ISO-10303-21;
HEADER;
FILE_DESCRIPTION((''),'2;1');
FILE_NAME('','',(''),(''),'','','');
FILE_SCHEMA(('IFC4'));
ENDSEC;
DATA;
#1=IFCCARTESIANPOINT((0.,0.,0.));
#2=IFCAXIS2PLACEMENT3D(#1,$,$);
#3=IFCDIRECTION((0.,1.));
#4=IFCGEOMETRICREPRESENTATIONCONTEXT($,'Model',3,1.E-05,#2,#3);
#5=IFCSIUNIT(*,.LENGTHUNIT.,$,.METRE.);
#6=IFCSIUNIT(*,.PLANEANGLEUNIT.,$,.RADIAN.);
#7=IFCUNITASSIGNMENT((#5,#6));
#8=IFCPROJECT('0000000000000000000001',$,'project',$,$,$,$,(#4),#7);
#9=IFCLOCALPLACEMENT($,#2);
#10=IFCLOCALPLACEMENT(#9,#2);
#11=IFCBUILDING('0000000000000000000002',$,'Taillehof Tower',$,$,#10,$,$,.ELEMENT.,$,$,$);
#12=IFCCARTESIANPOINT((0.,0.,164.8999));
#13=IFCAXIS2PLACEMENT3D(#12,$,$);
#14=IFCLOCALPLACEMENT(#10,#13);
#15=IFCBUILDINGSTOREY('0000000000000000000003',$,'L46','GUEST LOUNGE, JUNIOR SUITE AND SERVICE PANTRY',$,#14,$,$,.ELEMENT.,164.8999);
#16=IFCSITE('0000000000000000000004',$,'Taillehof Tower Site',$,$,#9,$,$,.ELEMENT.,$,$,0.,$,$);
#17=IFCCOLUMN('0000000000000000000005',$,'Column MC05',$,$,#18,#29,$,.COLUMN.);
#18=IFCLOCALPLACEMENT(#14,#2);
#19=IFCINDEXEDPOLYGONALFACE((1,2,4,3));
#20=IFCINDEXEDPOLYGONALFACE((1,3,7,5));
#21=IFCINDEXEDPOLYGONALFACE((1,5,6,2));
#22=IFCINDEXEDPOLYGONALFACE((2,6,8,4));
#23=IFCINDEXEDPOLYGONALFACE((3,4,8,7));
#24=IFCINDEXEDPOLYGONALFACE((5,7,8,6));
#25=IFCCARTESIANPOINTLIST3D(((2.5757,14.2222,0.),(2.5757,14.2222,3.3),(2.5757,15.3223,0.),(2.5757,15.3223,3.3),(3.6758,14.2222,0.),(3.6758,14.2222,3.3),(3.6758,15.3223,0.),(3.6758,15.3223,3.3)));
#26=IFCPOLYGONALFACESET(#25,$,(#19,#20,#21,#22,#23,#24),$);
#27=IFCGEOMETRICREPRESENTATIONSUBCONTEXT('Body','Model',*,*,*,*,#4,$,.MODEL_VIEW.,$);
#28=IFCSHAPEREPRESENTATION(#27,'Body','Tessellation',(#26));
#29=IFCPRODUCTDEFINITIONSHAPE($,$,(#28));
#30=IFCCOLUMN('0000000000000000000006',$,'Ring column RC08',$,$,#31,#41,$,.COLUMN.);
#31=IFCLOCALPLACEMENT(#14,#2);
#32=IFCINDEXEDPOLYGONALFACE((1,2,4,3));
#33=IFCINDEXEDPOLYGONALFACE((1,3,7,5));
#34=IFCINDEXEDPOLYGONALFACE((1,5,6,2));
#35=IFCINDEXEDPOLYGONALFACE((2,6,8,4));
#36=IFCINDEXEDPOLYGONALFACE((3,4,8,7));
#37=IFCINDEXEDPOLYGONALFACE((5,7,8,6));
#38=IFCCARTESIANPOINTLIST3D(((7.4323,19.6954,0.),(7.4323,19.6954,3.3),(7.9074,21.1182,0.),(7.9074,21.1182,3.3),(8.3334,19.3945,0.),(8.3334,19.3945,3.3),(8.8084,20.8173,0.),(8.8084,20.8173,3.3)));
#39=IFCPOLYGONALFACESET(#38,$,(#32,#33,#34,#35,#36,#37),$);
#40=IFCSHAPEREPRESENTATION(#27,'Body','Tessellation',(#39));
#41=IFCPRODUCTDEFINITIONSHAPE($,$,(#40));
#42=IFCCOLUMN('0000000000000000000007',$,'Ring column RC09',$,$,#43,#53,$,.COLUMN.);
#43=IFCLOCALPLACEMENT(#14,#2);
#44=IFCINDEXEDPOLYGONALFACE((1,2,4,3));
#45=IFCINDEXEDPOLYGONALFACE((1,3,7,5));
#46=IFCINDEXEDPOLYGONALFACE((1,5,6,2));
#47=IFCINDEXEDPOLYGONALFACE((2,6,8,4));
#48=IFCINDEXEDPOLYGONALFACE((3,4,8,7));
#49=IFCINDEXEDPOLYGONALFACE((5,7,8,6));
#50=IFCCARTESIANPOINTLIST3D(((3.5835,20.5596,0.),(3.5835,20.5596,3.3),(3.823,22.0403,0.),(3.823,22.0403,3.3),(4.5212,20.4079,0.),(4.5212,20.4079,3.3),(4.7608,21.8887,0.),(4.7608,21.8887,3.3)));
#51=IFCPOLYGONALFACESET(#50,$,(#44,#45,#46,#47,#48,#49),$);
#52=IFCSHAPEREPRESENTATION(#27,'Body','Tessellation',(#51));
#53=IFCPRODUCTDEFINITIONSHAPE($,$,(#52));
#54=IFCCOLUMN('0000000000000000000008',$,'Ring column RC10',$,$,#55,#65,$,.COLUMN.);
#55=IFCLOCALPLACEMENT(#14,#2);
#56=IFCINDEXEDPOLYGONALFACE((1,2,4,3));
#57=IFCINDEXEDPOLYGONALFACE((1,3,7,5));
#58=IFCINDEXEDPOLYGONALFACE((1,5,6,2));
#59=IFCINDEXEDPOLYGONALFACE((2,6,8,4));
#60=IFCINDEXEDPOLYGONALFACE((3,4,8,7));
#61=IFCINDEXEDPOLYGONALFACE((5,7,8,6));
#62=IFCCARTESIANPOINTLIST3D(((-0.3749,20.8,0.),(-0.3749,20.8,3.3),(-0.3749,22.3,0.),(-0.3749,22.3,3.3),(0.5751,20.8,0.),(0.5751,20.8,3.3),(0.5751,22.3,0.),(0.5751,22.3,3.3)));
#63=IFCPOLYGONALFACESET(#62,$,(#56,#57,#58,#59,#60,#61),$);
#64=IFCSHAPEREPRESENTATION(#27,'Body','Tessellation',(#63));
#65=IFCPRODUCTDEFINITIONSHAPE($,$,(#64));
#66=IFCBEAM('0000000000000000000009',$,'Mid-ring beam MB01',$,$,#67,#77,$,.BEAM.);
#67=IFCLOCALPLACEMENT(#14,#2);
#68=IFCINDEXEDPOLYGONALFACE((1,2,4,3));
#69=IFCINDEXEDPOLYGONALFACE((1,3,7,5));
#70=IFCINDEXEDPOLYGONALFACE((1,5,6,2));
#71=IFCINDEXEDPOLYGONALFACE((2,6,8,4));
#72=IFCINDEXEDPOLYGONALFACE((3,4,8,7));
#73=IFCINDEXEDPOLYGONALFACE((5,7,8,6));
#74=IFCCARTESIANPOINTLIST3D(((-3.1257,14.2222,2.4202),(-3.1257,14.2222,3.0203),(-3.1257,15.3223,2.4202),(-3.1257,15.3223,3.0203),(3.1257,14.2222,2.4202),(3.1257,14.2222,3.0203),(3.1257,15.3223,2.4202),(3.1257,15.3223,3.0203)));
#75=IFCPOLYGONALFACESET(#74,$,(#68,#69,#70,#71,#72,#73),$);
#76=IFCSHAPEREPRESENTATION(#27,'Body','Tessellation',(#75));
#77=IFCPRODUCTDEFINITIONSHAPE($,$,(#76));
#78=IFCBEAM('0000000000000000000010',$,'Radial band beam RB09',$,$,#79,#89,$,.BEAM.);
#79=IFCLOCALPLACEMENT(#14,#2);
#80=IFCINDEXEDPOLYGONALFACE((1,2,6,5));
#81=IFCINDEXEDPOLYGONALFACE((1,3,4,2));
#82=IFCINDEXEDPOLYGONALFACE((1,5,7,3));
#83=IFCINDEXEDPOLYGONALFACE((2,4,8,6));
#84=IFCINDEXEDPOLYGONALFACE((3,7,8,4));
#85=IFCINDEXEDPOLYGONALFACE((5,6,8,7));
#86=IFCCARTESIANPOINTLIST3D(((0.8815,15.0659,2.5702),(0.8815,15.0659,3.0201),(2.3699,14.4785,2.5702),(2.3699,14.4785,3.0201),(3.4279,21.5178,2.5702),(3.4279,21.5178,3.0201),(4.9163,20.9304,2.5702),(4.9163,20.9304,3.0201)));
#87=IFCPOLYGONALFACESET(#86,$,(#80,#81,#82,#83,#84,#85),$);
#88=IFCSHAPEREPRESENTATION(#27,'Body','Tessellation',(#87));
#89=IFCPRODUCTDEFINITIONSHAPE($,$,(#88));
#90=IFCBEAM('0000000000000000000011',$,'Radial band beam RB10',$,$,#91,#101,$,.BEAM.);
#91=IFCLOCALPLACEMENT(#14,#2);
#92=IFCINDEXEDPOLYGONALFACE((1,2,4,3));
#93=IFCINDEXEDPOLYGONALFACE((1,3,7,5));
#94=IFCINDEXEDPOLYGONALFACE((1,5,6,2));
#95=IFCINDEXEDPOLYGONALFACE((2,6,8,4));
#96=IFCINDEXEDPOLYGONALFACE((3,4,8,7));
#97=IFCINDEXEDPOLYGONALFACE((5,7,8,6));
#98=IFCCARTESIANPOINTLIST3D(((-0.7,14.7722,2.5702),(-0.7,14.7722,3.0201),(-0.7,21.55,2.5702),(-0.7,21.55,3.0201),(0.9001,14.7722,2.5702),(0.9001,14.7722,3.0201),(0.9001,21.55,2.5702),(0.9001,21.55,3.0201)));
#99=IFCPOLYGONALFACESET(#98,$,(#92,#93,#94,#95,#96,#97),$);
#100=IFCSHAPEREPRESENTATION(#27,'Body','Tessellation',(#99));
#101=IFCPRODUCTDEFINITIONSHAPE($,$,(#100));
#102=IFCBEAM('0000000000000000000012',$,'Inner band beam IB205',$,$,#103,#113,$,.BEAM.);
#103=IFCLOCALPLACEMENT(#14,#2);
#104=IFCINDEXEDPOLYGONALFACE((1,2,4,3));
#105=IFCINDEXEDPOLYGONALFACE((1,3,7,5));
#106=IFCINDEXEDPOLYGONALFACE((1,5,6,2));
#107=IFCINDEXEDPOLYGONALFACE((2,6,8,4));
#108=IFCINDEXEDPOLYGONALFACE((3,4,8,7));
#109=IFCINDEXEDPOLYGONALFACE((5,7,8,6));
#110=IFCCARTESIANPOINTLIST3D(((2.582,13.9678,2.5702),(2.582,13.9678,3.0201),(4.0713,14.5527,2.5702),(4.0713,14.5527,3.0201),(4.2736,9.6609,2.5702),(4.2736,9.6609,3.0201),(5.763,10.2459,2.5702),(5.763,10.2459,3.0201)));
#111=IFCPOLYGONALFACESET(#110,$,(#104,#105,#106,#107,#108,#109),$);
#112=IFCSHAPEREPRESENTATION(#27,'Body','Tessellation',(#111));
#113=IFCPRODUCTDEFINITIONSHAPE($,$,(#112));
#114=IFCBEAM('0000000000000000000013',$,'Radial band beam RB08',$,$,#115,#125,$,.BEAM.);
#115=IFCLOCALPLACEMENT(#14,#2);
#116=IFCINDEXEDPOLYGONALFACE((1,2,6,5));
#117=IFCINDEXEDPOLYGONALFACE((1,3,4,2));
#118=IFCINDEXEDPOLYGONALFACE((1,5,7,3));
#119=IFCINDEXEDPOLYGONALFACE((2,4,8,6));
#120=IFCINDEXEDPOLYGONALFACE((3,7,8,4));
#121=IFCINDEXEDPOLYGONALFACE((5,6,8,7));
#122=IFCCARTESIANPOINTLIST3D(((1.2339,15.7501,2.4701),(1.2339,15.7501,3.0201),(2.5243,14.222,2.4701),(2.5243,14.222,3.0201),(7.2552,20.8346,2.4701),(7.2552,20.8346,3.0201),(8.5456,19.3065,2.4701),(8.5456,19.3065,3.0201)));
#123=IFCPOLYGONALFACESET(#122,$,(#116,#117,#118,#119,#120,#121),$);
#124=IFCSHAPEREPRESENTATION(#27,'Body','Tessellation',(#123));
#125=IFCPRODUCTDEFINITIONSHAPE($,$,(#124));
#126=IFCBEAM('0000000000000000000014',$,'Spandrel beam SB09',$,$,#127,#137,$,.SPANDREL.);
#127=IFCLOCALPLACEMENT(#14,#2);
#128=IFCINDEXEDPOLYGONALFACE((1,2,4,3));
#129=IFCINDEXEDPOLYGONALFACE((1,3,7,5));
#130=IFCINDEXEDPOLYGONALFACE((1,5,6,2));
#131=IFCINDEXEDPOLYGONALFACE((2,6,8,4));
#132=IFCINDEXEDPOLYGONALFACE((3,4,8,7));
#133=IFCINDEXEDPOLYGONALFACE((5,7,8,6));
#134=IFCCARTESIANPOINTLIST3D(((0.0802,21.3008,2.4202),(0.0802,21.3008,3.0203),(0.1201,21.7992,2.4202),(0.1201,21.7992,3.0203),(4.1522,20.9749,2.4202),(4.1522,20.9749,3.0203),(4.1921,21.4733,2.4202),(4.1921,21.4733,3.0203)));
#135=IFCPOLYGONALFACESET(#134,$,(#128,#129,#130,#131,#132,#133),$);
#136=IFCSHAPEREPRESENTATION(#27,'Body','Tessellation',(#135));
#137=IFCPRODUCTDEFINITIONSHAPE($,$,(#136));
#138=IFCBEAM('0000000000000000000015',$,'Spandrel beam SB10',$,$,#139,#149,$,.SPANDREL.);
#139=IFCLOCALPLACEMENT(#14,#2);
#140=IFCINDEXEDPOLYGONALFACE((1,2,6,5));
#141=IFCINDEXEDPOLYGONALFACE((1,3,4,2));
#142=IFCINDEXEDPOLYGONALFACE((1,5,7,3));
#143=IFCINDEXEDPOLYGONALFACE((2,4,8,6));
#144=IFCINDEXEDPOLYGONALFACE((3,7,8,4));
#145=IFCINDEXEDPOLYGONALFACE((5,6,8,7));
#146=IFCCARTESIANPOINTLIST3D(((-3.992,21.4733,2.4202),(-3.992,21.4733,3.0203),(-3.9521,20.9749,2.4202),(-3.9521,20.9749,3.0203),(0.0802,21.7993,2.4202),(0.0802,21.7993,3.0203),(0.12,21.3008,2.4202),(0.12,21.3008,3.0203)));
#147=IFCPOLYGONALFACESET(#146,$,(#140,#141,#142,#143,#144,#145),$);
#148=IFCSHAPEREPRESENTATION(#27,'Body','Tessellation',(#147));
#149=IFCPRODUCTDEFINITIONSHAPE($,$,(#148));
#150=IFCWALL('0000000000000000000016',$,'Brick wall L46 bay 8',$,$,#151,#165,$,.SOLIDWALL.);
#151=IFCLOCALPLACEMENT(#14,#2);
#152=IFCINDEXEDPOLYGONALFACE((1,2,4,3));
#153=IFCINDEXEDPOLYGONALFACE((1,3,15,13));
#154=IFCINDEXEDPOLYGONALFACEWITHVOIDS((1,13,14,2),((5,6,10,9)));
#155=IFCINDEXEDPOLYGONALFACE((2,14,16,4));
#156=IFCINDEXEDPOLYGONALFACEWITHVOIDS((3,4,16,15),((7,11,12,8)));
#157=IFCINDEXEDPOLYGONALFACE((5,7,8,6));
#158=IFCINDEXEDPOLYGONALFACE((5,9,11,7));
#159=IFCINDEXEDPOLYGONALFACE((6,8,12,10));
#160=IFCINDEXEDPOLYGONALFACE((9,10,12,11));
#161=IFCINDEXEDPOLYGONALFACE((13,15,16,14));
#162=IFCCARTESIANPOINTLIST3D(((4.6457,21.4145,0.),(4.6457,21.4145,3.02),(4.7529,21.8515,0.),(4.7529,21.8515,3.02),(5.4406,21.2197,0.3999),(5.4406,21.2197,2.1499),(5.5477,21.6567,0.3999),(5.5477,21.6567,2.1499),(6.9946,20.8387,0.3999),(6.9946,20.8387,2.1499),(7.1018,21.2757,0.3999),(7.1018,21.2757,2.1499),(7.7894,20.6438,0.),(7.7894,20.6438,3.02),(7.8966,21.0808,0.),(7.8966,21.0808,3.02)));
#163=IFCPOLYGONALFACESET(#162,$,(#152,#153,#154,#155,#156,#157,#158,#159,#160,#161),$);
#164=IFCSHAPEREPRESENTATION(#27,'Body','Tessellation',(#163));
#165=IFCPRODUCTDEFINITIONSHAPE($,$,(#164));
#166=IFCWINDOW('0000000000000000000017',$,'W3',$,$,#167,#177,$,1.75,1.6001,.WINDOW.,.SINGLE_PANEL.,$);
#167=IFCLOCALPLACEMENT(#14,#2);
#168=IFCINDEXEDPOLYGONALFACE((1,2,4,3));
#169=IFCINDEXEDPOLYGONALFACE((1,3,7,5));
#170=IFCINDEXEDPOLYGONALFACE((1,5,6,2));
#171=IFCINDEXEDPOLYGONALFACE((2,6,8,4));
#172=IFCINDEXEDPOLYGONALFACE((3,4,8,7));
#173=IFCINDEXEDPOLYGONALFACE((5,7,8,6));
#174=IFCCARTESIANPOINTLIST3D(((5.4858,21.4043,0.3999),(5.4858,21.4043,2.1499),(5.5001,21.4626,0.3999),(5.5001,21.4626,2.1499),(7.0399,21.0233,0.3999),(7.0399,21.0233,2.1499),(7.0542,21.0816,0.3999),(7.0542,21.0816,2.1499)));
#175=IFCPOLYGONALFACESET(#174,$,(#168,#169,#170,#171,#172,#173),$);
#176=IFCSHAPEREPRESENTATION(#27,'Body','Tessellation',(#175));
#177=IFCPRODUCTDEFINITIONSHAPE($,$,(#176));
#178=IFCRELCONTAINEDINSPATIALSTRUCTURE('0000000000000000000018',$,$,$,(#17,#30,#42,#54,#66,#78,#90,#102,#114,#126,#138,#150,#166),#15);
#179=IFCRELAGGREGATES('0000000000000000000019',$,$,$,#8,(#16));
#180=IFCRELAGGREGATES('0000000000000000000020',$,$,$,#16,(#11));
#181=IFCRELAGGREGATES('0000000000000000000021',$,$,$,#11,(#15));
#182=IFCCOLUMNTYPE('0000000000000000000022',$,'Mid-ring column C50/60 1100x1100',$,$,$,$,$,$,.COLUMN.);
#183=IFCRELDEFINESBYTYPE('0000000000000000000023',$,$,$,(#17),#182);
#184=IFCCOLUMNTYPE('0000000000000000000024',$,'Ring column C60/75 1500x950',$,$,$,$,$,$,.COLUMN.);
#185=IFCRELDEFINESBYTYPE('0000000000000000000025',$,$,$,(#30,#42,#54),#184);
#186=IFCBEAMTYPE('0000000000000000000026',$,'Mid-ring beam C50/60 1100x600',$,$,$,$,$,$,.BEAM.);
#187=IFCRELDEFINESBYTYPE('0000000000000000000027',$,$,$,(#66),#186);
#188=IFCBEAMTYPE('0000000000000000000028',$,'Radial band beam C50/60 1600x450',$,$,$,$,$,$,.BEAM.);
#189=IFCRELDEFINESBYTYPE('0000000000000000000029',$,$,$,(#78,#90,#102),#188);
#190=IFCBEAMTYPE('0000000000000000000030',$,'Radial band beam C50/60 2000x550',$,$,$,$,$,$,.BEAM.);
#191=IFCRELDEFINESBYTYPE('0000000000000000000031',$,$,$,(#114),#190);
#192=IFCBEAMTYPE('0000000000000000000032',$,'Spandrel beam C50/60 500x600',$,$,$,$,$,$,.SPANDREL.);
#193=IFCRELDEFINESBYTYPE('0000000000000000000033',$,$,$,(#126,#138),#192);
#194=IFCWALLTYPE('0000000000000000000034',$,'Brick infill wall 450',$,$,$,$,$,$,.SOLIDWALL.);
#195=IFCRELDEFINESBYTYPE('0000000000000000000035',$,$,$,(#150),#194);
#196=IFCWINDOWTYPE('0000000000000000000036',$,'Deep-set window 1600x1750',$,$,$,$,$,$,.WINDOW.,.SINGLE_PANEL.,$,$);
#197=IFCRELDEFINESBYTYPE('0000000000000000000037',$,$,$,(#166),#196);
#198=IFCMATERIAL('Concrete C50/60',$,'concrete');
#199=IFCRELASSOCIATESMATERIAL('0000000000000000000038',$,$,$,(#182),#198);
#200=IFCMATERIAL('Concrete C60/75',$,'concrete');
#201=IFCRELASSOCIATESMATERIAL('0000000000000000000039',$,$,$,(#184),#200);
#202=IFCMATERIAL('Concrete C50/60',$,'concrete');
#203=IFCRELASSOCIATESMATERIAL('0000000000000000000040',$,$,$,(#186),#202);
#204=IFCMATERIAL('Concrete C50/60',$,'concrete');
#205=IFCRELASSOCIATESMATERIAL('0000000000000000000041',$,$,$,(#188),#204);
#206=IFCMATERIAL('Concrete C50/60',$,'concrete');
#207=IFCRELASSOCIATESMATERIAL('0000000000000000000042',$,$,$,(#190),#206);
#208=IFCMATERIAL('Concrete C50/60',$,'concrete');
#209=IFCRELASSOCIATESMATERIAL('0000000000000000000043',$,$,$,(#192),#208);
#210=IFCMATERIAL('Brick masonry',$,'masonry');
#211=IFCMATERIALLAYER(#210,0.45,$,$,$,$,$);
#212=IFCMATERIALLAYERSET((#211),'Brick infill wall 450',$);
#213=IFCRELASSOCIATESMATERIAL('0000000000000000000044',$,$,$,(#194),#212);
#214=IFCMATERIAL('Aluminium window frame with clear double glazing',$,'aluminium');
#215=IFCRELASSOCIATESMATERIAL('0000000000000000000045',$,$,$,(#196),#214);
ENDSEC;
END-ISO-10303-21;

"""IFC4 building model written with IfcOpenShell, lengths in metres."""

from ifc_helpers import new_model, si_unit, direction, frame, frame_2d, origin, origin_2d, place, context, subcontext, project, spatial, rectangle, extrude, material, layer, layer_set, material_profile, profile_set, type_object, element, fill, save


model = new_model("IFC4")

# Units and contexts
model_context = context("Model", 3, precision=1e-05, world=origin(), true_north=direction((0.0, 1.0)))
body_context = subcontext(model_context, "Body", "Model", "MODEL_VIEW")
ifc_project = project(units=[si_unit("LENGTHUNIT", "METRE"), si_unit("PLANEANGLEUNIT", "RADIAN")], contexts=[model_context])

# Site, building, storey
site_placement = place(None, origin())
site = spatial("IfcSite", under=ifc_project, at=site_placement, Name="Taillehof Tower Site", CompositionType="ELEMENT", RefElevation=0.0)
building_placement = place(site_placement, origin())
building = spatial("IfcBuilding", under=site, at=building_placement, Name="Taillehof Tower", CompositionType="ELEMENT")
storey_placement = place(building_placement, frame((0.0, 0.0, 164.8999)))
storey = spatial("IfcBuildingStorey", under=building, at=storey_placement, Name="L46", Description="GUEST LOUNGE, JUNIOR SUITE AND SERVICE PANTRY", CompositionType="ELEMENT", Elevation=164.8999)

# Columns
ifc_material_1 = material(Name="Concrete C50/60", Category="concrete")
ifc_material_profile_1 = material_profile(ifc_material_1, rectangle(XDim=1.1001, YDim=1.1001, at=origin_2d()), Name="RC 1100x1100")
ifc_profile_set_1 = profile_set([ifc_material_profile_1], Name="Concrete C50/60")
column_type_1 = type_object("IfcColumnType", Name="Mid-ring column C50/60 1100x1100", PredefinedType="COLUMN", material=ifc_profile_set_1)
column_placement = place(storey_placement, frame((3.1257, 14.7722, 0.0), z_axis=(0.0, 0.0, 1.0), x_axis=(1.0, 0.0, 0.0)))
element("IfcColumn", 1, at=column_placement, inside=storey, type_object=column_type_1, Name="Column MC05", PredefinedType="COLUMN", context=body_context, shape_type="SweptSolid", body=[
    extrude(rectangle(XDim=1.1001, YDim=1.1001, at=origin_2d()), origin(), (0.0, 0.0, 1.0), 3.3),
])
ifc_material_2 = material(Name="Concrete C60/75", Category="concrete")
ifc_material_profile_2 = material_profile(ifc_material_2, rectangle(XDim=1.5, YDim=0.95, at=origin_2d()), Name="RC 1500x950")
ifc_profile_set_2 = profile_set([ifc_material_profile_2], Name="Concrete C60/75")
column_type_2 = type_object("IfcColumnType", Name="Ring column C60/75 1500x950", PredefinedType="COLUMN", material=ifc_profile_set_2)
for number, where, z_axis, x_axis, name in (
    (2, (8.1204, 20.2563, 0.0), (0.0, 0.0, 1.0), (0.316703, 0.948525, 0.0), "Ring column RC08"),
    (3, (4.1721, 21.2241, 0.0), (0.0, 0.0, 1.0), (0.159679, 0.987169, 0.0), "Ring column RC09"),
    (4, (0.1001, 21.55, 0.0), (0.0, 0.0, 1.0), (0.0, 1.0, 0.0), "Ring column RC10"),
):
    element("IfcColumn", number, at=place(storey_placement, frame(where, z_axis=z_axis, x_axis=x_axis)), inside=storey, type_object=column_type_2, Name=name, PredefinedType="COLUMN", context=body_context, shape_type="SweptSolid", body=[
        extrude(rectangle(XDim=1.5, YDim=0.95, at=origin_2d()), origin(), (0.0, 0.0, 1.0), 3.3),
    ])

# Beams
ifc_material_3 = material(Name="Concrete C50/60", Category="concrete")
ifc_material_profile_3 = material_profile(ifc_material_3, rectangle(XDim=1.1001, YDim=0.6001, at=origin_2d()), Name="RC 1100x600")
ifc_profile_set_3 = profile_set([ifc_material_profile_3], Name="Concrete C50/60")
beam_type_1 = type_object("IfcBeamType", Name="Mid-ring beam C50/60 1100x600", PredefinedType="BEAM", material=ifc_profile_set_3)
beam_1_placement = place(storey_placement, frame((3.1257, 14.7722, 2.7202), z_axis=(-1.0, 0.0, 0.0), x_axis=(0.0, -1.0, 0.0)))
element("IfcBeam", 5, at=beam_1_placement, inside=storey, type_object=beam_type_1, Name="Mid-ring beam MB01", PredefinedType="BEAM", context=body_context, shape_type="SweptSolid", body=[
    extrude(rectangle(XDim=1.1001, YDim=0.6001, at=origin_2d()), origin(), (0.0, 0.0, 1.0), 6.2515),
])
ifc_material_4 = material(Name="Concrete C50/60", Category="concrete")
ifc_material_profile_4 = material_profile(ifc_material_4, rectangle(XDim=1.6001, YDim=0.45, at=origin_2d()), Name="RC 1600x450")
ifc_profile_set_4 = profile_set([ifc_material_profile_4], Name="Concrete C50/60")
beam_type_2 = type_object("IfcBeamType", Name="Radial band beam C50/60 1600x450", PredefinedType="BEAM", material=ifc_profile_set_4)
beam_2_placement = place(storey_placement, frame((4.1721, 21.2241, 2.7952), z_axis=(-0.367114, -0.930176, 0.0), x_axis=(0.930176, -0.367114, 0.0)))
element("IfcBeam", 6, at=beam_2_placement, inside=storey, type_object=beam_type_2, Name="Radial band beam RB09", PredefinedType="BEAM", context=body_context, shape_type="SweptSolid", body=[
    extrude(rectangle(XDim=1.6001, YDim=0.45, at=origin_2d()), origin(), (0.0, 0.0, 1.0), 6.9363),
])
beam_3_placement = place(storey_placement, frame((0.1001, 21.55, 2.7952), z_axis=(0.0, -1.0, 0.0), x_axis=(1.0, 0.0, 0.0)))
element("IfcBeam", 7, at=beam_3_placement, inside=storey, type_object=beam_type_2, Name="Radial band beam RB10", PredefinedType="BEAM", context=body_context, shape_type="SweptSolid", body=[
    extrude(rectangle(XDim=1.6001, YDim=0.45, at=origin_2d()), origin(), (0.0, 0.0, 1.0), 6.7778),
])
beam_4_placement = place(storey_placement, frame((3.3267, 14.2603, 2.7952), z_axis=(0.365589, -0.930777, 0.0), x_axis=(0.930777, 0.365589, 0.0)))
element("IfcBeam", 8, at=beam_4_placement, inside=storey, type_object=beam_type_2, Name="Inner band beam IB205", PredefinedType="BEAM", context=body_context, shape_type="SweptSolid", body=[
    extrude(rectangle(XDim=1.6001, YDim=0.45, at=origin_2d()), origin(), (0.0, 0.0, 1.0), 4.6272),
])
ifc_material_5 = material(Name="Concrete C50/60", Category="concrete")
ifc_material_profile_5 = material_profile(ifc_material_5, rectangle(XDim=2.0, YDim=0.55, at=origin_2d()), Name="RC 2000x550")
ifc_profile_set_5 = profile_set([ifc_material_profile_5], Name="Concrete C50/60")
beam_type_3 = type_object("IfcBeamType", Name="Radial band beam C50/60 2000x550", PredefinedType="BEAM", material=ifc_profile_set_5)
beam_5_placement = place(storey_placement, frame((7.9004, 20.0706, 2.7451), z_axis=(-0.764038, -0.645171, 0.0), x_axis=(0.645171, -0.764038, 0.0)))
element("IfcBeam", 9, at=beam_5_placement, inside=storey, type_object=beam_type_3, Name="Radial band beam RB08", PredefinedType="BEAM", context=body_context, shape_type="SweptSolid", body=[
    extrude(rectangle(XDim=2.0, YDim=0.55, at=origin_2d()), origin(), (0.0, 0.0, 1.0), 7.8809),
])
ifc_material_6 = material(Name="Concrete C50/60", Category="concrete")
ifc_material_profile_6 = material_profile(ifc_material_6, rectangle(XDim=0.5, YDim=0.6001, at=origin_2d()), Name="RC 500x600")
ifc_profile_set_6 = profile_set([ifc_material_profile_6], Name="Concrete C50/60")
beam_type_4 = type_object("IfcBeamType", Name="Spandrel beam C50/60 500x600", PredefinedType="SPANDREL", material=ifc_profile_set_6)
beam_6_placement = place(storey_placement, frame((4.1721, 21.2241, 2.7202), z_axis=(-0.996812, 0.079786, 0.0), x_axis=(-0.079786, -0.996812, 0.0)))
element("IfcBeam", 10, at=beam_6_placement, inside=storey, type_object=beam_type_4, Name="Spandrel beam SB09", PredefinedType="SPANDREL", context=body_context, shape_type="SweptSolid", body=[
    extrude(rectangle(XDim=0.5, YDim=0.6001, at=origin_2d()), origin(), (0.0, 0.0, 1.0), 4.085),
])
beam_7_placement = place(storey_placement, frame((0.1001, 21.55, 2.7202), z_axis=(-0.996812, -0.079781, 0.0), x_axis=(0.079781, -0.996812, 0.0)))
element("IfcBeam", 11, at=beam_7_placement, inside=storey, type_object=beam_type_4, Name="Spandrel beam SB10", PredefinedType="SPANDREL", context=body_context, shape_type="SweptSolid", body=[
    extrude(rectangle(XDim=0.5, YDim=0.6001, at=origin_2d()), origin(), (0.0, 0.0, 1.0), 4.0852),
])

# Wall, opening, window
ifc_material_7 = material(Name="Brick masonry", Category="masonry")
ifc_layer_1 = layer(ifc_material_7, 0.45)
ifc_layer_set_1 = layer_set([ifc_layer_1], Name="Brick infill wall 450")
wall_type_1 = type_object("IfcWallType", Name="Brick infill wall 450", PredefinedType="SOLIDWALL", material=ifc_layer_set_1)
wall_1_placement = place(storey_placement, frame((7.843, 20.8623, 0.0), z_axis=(0.0, 0.0, 1.0), x_axis=(-0.971237, 0.238114, 0.0)))
wall_1 = element("IfcWall", 12, at=wall_1_placement, inside=storey, type_object=wall_type_1, Name="Brick wall L46 bay 8", PredefinedType="SOLIDWALL", context=body_context, shape_type="SweptSolid", body=[
    extrude(rectangle(XDim=3.2368, YDim=0.45, at=frame_2d((1.6184, 0.0))), origin(), (0.0, 0.0, 1.0), 3.02),
])
opening_1_placement = place(wall_1_placement, frame((0.8184, 0.0, 0.3999)))
opening_1 = element("IfcOpeningElement", 13, at=opening_1_placement, cuts=wall_1, PredefinedType="OPENING", context=body_context, shape_type="SweptSolid", body=[
    extrude(rectangle(XDim=1.6001, YDim=1.75, at=frame_2d((0.8, 0.875))), frame((0.0, 0.2349, 0.0), z_axis=(0.0, -1.0, 0.0), x_axis=(1.0, 0.0, 0.0)), (0.0, 0.0, 1.0), 0.47),
])
ifc_material_8 = material(Name="Aluminium window frame with clear double glazing", Category="aluminium")
window_type = type_object("IfcWindowType", Name="Deep-set window 1600x1750", PartitioningType="SINGLE_PANEL", PredefinedType="WINDOW", material=ifc_material_8)
window_1_placement = place(opening_1_placement, origin())
window_1 = element("IfcWindow", 14, at=window_1_placement, inside=storey, type_object=window_type, Name="W3", OverallHeight=1.75, OverallWidth=1.6001, PartitioningType="SINGLE_PANEL", PredefinedType="WINDOW", context=body_context, shape_type="SweptSolid", body=[
    extrude(rectangle(XDim=1.6001, YDim=1.75, at=frame_2d((0.8, 0.875))), frame((0.0, 0.0349, 0.0), z_axis=(0.0, -1.0, 0.0), x_axis=(1.0, 0.0, 0.0)), (0.0, 0.0, 1.0), 0.0601),
])
fill(opening_1, window_1)

save(model, "model.ifc")
